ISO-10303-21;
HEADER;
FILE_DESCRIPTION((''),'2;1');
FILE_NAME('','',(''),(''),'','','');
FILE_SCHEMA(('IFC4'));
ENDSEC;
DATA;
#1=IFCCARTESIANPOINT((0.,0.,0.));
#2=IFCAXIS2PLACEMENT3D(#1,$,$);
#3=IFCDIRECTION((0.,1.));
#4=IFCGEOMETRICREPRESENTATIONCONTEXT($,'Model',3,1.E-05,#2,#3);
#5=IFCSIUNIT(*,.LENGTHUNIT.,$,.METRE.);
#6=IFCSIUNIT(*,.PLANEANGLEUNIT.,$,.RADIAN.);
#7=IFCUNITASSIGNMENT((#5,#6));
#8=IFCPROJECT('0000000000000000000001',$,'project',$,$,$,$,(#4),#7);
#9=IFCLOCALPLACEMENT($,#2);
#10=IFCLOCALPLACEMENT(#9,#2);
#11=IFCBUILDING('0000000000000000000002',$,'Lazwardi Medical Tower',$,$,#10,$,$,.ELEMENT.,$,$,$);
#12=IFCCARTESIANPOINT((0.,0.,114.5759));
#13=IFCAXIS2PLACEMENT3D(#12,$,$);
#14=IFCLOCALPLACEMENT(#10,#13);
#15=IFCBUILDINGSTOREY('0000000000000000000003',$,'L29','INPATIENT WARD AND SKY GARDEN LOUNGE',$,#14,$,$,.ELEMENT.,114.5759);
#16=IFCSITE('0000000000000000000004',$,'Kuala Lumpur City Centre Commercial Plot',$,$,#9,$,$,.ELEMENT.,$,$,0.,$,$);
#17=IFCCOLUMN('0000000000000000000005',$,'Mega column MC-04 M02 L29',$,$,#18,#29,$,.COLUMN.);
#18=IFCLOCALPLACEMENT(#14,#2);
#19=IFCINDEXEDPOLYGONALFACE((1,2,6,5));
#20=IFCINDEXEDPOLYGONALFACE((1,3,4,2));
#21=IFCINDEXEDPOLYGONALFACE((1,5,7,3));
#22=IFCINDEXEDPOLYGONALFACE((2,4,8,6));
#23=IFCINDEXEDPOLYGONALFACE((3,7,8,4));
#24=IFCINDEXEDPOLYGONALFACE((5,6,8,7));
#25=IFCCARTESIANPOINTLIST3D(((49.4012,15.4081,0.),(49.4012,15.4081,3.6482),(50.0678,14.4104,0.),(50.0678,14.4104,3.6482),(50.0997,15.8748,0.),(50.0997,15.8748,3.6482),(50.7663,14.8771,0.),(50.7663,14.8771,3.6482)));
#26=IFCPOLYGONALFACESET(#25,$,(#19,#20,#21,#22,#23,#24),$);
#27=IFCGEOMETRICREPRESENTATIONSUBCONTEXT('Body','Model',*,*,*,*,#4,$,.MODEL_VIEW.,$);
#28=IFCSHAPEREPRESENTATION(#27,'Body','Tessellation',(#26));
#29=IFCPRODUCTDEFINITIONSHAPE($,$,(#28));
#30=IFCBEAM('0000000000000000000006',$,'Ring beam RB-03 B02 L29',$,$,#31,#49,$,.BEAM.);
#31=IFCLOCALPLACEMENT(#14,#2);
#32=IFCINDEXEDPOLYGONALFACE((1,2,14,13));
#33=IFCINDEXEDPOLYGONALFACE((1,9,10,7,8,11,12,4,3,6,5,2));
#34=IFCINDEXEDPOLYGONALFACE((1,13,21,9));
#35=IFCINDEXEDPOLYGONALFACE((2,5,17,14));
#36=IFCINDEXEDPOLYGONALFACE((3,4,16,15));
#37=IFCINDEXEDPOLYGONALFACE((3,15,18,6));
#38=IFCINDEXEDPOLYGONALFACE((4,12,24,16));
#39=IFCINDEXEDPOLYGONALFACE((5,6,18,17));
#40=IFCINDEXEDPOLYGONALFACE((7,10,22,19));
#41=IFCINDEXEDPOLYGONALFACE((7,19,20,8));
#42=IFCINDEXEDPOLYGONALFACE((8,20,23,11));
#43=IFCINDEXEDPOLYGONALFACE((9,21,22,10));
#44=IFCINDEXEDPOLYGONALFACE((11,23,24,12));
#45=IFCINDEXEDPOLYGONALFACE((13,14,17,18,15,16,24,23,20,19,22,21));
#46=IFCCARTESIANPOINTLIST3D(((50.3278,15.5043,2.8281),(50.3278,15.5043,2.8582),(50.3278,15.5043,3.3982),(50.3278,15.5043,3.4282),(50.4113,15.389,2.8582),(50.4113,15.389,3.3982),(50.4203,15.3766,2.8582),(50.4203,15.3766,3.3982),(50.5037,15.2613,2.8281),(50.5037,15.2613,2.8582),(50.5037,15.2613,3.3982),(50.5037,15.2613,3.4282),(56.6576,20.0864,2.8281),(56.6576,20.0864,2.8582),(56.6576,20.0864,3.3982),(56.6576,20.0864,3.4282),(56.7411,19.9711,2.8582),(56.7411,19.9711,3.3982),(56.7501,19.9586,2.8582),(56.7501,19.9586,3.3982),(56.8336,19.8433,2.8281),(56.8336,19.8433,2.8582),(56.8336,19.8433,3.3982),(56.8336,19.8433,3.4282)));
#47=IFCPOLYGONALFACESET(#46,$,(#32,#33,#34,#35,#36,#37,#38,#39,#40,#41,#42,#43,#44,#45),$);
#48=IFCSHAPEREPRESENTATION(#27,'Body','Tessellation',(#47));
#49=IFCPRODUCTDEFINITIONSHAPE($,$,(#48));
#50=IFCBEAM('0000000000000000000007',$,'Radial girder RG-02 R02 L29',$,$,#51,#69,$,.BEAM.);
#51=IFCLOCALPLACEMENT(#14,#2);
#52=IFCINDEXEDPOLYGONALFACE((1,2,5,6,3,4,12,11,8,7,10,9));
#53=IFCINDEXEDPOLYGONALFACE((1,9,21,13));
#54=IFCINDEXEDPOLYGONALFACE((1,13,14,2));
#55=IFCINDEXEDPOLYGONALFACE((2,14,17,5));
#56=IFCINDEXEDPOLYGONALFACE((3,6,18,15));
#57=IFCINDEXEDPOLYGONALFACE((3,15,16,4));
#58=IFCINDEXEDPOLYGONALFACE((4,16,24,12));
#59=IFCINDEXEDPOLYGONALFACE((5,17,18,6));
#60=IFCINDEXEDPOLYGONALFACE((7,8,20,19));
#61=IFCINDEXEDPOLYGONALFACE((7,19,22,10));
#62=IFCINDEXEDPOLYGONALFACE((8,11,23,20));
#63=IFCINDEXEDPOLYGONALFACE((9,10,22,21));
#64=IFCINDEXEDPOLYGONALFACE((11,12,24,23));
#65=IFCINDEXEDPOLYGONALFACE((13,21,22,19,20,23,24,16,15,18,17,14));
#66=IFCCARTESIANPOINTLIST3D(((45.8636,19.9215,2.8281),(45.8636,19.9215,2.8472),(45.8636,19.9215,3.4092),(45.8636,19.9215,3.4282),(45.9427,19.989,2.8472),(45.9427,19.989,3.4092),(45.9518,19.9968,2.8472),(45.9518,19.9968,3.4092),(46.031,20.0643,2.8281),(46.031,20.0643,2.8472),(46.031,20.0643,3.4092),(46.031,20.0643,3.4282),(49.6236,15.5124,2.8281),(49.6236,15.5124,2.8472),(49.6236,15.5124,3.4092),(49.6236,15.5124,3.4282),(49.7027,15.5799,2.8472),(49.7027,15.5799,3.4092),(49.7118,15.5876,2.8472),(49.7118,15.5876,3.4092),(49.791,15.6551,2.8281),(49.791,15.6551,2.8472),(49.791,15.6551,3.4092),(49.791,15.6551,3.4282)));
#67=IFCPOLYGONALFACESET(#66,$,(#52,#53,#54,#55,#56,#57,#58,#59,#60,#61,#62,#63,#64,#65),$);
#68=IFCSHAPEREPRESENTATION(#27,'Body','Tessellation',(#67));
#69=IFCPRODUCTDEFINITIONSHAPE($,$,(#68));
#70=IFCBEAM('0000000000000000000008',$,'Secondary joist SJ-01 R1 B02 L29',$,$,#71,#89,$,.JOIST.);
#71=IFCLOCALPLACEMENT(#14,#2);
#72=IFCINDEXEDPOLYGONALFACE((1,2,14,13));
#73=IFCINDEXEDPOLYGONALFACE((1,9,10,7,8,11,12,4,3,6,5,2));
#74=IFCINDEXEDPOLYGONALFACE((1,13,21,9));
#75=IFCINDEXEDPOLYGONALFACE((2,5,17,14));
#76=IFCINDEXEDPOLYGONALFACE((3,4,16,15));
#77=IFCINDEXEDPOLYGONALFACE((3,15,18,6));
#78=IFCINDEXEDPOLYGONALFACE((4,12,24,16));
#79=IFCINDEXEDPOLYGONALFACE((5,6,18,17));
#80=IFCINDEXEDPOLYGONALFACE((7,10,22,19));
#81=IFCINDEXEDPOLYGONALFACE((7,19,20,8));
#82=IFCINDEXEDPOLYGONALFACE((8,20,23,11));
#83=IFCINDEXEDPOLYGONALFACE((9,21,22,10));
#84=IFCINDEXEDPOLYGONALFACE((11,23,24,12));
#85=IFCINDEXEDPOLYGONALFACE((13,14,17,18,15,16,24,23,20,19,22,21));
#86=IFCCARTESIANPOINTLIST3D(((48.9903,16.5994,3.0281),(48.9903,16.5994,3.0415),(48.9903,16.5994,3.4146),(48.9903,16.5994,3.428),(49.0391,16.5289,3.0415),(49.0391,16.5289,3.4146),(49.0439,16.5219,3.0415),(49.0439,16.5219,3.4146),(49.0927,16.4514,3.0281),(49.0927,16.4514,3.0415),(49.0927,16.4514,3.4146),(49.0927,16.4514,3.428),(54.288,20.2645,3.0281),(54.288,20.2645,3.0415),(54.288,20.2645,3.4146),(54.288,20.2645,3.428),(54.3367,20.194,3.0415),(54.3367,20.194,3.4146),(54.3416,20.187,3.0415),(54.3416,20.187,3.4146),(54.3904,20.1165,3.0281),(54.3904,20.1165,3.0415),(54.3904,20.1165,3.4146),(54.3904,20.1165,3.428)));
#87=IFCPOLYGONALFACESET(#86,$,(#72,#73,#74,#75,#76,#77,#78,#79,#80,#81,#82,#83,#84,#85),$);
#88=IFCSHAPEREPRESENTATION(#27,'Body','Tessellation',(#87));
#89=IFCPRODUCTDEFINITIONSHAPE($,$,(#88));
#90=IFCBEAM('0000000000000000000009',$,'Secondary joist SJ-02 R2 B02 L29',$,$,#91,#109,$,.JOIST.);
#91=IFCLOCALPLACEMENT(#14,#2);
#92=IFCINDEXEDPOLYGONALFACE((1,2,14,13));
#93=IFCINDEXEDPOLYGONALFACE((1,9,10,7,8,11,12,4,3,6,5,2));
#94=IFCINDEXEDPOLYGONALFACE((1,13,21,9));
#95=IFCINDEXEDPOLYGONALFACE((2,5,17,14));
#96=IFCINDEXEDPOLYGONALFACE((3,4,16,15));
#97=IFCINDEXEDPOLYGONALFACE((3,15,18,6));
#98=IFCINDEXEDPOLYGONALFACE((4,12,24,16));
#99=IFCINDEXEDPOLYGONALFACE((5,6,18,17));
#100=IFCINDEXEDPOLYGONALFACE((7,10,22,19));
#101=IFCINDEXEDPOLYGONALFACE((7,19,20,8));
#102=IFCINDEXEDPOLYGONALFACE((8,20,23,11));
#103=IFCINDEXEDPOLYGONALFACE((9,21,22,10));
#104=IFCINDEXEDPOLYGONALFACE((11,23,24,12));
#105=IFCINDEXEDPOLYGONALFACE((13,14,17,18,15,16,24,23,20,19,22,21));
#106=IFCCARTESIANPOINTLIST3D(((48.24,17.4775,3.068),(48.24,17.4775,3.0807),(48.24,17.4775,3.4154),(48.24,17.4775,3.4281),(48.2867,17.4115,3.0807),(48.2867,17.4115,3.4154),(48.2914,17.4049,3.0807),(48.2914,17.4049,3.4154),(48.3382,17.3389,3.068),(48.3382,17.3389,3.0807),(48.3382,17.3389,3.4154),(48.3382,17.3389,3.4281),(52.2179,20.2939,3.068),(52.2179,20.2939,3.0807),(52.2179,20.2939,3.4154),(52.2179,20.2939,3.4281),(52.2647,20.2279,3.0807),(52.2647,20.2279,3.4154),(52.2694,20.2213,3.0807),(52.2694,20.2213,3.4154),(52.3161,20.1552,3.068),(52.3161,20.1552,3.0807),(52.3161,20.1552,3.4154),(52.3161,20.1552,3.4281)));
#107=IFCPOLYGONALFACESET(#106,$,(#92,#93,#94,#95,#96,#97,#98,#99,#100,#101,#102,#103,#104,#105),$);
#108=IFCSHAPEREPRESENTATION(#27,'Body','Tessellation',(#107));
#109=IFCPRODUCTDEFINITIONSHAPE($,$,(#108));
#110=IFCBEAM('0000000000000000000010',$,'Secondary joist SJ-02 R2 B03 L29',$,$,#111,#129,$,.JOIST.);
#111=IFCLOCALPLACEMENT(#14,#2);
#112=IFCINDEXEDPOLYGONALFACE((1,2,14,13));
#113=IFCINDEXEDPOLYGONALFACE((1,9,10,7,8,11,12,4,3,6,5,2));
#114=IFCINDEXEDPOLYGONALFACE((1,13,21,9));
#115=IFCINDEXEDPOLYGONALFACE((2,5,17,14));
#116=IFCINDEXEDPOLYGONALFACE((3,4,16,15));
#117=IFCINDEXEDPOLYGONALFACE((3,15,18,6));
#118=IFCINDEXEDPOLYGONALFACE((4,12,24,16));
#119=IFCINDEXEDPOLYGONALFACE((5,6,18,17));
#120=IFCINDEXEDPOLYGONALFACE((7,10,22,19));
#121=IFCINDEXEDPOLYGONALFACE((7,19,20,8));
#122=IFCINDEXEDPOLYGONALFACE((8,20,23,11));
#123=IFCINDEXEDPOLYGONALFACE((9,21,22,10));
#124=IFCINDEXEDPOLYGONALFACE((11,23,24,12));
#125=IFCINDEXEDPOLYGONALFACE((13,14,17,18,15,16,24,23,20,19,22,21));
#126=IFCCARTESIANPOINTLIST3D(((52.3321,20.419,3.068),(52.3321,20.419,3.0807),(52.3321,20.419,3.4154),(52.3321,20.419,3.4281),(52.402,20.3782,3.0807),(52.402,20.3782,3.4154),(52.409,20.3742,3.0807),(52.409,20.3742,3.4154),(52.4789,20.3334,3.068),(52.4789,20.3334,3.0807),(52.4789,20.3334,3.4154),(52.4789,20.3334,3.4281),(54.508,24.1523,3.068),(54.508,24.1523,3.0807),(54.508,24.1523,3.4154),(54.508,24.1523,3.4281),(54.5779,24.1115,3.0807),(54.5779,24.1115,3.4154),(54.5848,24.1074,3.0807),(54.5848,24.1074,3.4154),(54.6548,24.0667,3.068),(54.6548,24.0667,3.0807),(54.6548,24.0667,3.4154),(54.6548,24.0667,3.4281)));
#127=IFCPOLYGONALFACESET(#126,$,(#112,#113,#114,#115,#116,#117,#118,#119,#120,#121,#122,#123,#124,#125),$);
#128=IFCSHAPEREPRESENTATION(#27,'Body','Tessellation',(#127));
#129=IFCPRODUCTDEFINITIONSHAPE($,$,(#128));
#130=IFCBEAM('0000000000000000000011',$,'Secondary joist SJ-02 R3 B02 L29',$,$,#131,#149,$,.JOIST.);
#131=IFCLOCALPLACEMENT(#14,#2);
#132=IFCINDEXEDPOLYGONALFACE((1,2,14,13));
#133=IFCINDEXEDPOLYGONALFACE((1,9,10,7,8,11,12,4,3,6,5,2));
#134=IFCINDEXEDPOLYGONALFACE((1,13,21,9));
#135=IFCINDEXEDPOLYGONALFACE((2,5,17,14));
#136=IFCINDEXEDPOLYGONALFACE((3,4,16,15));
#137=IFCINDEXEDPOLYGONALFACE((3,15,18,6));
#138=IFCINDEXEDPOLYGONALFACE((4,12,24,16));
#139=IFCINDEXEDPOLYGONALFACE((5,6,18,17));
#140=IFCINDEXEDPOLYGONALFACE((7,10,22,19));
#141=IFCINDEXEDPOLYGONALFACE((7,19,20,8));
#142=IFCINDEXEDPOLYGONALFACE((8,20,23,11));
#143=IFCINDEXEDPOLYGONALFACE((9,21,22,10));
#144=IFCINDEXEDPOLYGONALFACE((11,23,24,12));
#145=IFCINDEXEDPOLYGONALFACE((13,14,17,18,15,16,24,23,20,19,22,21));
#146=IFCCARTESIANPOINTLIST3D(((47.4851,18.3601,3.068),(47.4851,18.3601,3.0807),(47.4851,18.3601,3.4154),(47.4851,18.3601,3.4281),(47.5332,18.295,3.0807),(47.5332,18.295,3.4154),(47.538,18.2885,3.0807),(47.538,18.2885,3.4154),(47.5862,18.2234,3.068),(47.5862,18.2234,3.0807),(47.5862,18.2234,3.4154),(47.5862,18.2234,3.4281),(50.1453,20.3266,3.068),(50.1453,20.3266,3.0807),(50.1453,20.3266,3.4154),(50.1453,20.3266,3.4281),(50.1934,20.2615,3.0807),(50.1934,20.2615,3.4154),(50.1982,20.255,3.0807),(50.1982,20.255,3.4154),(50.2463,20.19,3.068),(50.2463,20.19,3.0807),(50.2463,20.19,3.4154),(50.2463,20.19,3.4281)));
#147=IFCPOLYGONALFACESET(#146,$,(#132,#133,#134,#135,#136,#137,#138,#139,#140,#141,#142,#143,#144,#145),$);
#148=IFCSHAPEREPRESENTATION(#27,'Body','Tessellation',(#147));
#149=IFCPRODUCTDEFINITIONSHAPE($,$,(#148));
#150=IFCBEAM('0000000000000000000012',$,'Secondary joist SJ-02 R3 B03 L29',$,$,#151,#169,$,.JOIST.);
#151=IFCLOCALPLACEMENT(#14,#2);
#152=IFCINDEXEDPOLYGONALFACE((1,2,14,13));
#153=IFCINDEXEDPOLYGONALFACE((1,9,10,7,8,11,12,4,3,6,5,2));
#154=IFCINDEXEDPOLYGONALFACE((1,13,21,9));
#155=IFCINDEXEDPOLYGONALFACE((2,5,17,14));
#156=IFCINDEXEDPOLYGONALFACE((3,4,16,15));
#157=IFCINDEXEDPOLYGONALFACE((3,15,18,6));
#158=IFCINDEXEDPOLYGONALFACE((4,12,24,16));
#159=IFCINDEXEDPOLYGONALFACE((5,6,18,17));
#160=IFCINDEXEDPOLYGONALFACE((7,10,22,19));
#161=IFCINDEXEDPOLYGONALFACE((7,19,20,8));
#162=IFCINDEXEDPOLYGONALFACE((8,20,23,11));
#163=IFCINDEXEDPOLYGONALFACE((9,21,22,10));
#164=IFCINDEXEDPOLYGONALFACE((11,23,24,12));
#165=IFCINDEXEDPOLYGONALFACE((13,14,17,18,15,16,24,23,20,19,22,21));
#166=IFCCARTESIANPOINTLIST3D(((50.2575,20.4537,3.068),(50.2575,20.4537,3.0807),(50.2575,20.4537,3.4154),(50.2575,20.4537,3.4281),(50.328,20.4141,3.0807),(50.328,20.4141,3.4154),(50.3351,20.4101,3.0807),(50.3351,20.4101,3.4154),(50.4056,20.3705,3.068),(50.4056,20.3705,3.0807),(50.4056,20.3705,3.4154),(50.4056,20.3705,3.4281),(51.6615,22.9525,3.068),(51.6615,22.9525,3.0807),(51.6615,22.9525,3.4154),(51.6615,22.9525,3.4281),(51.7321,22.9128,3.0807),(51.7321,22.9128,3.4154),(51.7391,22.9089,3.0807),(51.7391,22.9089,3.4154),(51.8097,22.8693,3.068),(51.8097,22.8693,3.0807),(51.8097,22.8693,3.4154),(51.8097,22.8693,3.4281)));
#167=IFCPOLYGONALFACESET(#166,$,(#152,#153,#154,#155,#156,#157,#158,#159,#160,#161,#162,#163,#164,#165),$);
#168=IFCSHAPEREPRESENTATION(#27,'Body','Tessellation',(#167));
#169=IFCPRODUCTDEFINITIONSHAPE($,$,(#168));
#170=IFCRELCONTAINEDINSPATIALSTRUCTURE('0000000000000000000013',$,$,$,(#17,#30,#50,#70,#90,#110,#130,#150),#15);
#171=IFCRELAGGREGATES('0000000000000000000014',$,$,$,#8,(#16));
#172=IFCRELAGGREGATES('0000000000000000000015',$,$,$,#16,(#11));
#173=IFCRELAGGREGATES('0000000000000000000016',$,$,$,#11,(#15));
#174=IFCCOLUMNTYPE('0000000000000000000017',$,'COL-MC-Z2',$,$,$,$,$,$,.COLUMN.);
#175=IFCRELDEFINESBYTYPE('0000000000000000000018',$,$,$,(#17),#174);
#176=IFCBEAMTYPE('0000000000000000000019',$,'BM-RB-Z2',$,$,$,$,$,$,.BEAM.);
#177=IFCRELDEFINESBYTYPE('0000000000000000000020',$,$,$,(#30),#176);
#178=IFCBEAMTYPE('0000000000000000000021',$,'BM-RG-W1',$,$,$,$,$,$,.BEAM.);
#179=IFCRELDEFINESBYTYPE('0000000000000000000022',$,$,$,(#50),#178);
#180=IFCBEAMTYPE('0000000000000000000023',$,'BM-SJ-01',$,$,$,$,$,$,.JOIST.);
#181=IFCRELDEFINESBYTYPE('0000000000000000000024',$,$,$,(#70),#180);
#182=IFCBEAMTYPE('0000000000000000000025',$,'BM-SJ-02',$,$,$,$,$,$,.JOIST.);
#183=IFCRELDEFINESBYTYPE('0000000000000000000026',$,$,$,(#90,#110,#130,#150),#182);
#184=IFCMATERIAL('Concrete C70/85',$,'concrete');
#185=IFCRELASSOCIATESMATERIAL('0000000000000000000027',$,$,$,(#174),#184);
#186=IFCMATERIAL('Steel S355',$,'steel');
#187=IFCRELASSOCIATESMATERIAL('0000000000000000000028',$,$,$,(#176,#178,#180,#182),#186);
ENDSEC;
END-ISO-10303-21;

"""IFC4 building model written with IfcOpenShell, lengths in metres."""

from ifc_helpers import new_model, si_unit, direction, frame, origin, origin_2d, place, context, subcontext, project, spatial, rectangle, i_section, extrude, material, material_profile, profile_set, type_object, element, save


model = new_model("IFC4")

# Units and contexts
model_context = context("Model", 3, precision=1e-05, world=origin(), true_north=direction((0.0, 1.0)))
body_context = subcontext(model_context, "Body", "Model", "MODEL_VIEW")
ifc_project = project(units=[si_unit("LENGTHUNIT", "METRE"), si_unit("PLANEANGLEUNIT", "RADIAN")], contexts=[model_context])

# Site, building, storey
site_placement = place(None, origin())
site = spatial("IfcSite", under=ifc_project, at=site_placement, Name="Kuala Lumpur City Centre Commercial Plot", CompositionType="ELEMENT", RefElevation=0.0)
building_placement = place(site_placement, origin())
building = spatial("IfcBuilding", under=site, at=building_placement, Name="Lazwardi Medical Tower", CompositionType="ELEMENT")
storey_placement = place(building_placement, frame((0.0, 0.0, 114.5759)))
storey = spatial("IfcBuildingStorey", under=building, at=storey_placement, Name="L29", Description="INPATIENT WARD AND SKY GARDEN LOUNGE", CompositionType="ELEMENT", Elevation=114.5759)

# Column
ifc_material_1 = material(Name="Concrete C70/85", Category="concrete")
ifc_material_profile_1 = material_profile(ifc_material_1, rectangle(XDim=1.2, YDim=0.8401, at=origin_2d()), Name="CFT-RECT 1200x840")
ifc_profile_set_1 = profile_set([ifc_material_profile_1], Name="Concrete C70/85")
column_type = type_object("IfcColumnType", Name="COL-MC-Z2", PredefinedType="COLUMN", material=ifc_profile_set_1)
column_placement = place(storey_placement, frame((50.0837, 15.1426, 0.0), z_axis=(0.0, 0.0, 1.0), x_axis=(0.55557, -0.83147, 0.0)))
element("IfcColumn", 1, at=column_placement, inside=storey, type_object=column_type, Name="Mega column MC-04 M02 L29", PredefinedType="COLUMN", context=body_context, shape_type="SweptSolid", body=[
    extrude(rectangle(XDim=1.2, YDim=0.8401, at=origin_2d()), origin(), (0.0, 0.0, 1.0), 3.6482),
])

# Beams
ifc_material_2 = material(Name="Steel S355", Category="steel")
ifc_material_profile_2 = material_profile(ifc_material_2, i_section(OverallWidth=0.3, OverallDepth=0.6001, WebThickness=0.0154, FlangeThickness=0.03, at=origin_2d()), Name="HEB 600")
ifc_profile_set_2 = profile_set([ifc_material_profile_2], Name="Steel S355")
beam_type_1 = type_object("IfcBeamType", Name="BM-RB-Z2", PredefinedType="BEAM", material=ifc_profile_set_2)
beam_1_placement = place(storey_placement, frame((50.4158, 15.3828, 3.1282), z_axis=(0.810042, 0.586372, 0.0), x_axis=(-0.586372, 0.810042, 0.0)))
element("IfcBeam", 2, at=beam_1_placement, inside=storey, type_object=beam_type_1, Name="Ring beam RB-03 B02 L29", PredefinedType="BEAM", context=body_context, shape_type="SweptSolid", body=[
    extrude(i_section(OverallWidth=0.3, OverallDepth=0.6001, WebThickness=0.0154, FlangeThickness=0.03, at=origin_2d()), origin(), (0.0, 0.0, 1.0), 7.8142),
])
ifc_material_profile_3 = material_profile(ifc_material_2, i_section(OverallWidth=0.22, OverallDepth=0.6001, WebThickness=0.012, FlangeThickness=0.019, at=origin_2d()), Name="IPE 600")
ifc_profile_set_3 = profile_set([ifc_material_profile_3], Name="Steel S355")
beam_type_2 = type_object("IfcBeamType", Name="BM-RG-W1", PredefinedType="BEAM", material=ifc_profile_set_3)
beam_2_placement = place(storey_placement, frame((49.7073, 15.5837, 3.1282), z_axis=(-0.648871, 0.760899, 0.0), x_axis=(-0.760899, -0.648871, 0.0)))
element("IfcBeam", 3, at=beam_2_placement, inside=storey, type_object=beam_type_2, Name="Radial girder RG-02 R02 L29", PredefinedType="BEAM", context=body_context, shape_type="SweptSolid", body=[
    extrude(i_section(OverallWidth=0.22, OverallDepth=0.6001, WebThickness=0.012, FlangeThickness=0.019, at=origin_2d()), origin(), (0.0, 0.0, 1.0), 5.7947),
])
ifc_material_profile_4 = material_profile(ifc_material_2, i_section(OverallWidth=0.1799, OverallDepth=0.3999, WebThickness=0.0085, FlangeThickness=0.0134, at=origin_2d()), Name="IPE 400")
ifc_profile_set_4 = profile_set([ifc_material_profile_4], Name="Steel S355")
beam_type_3 = type_object("IfcBeamType", Name="BM-SJ-01", PredefinedType="JOIST", material=ifc_profile_set_4)
beam_3_placement = place(storey_placement, frame((49.0415, 16.5254, 3.228), z_axis=(0.822376, 0.568944, 0.0), x_axis=(-0.568944, 0.822376, 0.0)))
element("IfcBeam", 4, at=beam_3_placement, inside=storey, type_object=beam_type_3, Name="Secondary joist SJ-01 R1 B02 L29", PredefinedType="JOIST", context=body_context, shape_type="SweptSolid", body=[
    extrude(i_section(OverallWidth=0.1799, OverallDepth=0.3999, WebThickness=0.0085, FlangeThickness=0.0134, at=origin_2d()), origin(), (0.0, 0.0, 1.0), 6.4419),
])
ifc_material_profile_5 = material_profile(ifc_material_2, i_section(OverallWidth=0.1699, OverallDepth=0.3601, WebThickness=0.0081, FlangeThickness=0.0127, at=origin_2d()), Name="IPE 360")
ifc_profile_set_5 = profile_set([ifc_material_profile_5], Name="Steel S355")
beam_type_4 = type_object("IfcBeamType", Name="BM-SJ-02", PredefinedType="JOIST", material=ifc_profile_set_5)
beam_4_placement = place(storey_placement, frame((48.2891, 17.4082, 3.248), z_axis=(0.816156, 0.577831, 0.0), x_axis=(-0.577831, 0.816156, 0.0)))
element("IfcBeam", 5, at=beam_4_placement, inside=storey, type_object=beam_type_4, Name="Secondary joist SJ-02 R2 B02 L29", PredefinedType="JOIST", context=body_context, shape_type="SweptSolid", body=[
    extrude(i_section(OverallWidth=0.1699, OverallDepth=0.3601, WebThickness=0.0081, FlangeThickness=0.0127, at=origin_2d()), origin(), (0.0, 0.0, 1.0), 4.874),
])
beam_5_placement = place(storey_placement, frame((52.4055, 20.3762, 3.248), z_axis=(0.503544, 0.863969, 0.0), x_axis=(-0.863969, 0.503544, 0.0)))
element("IfcBeam", 6, at=beam_5_placement, inside=storey, type_object=beam_type_4, Name="Secondary joist SJ-02 R2 B03 L29", PredefinedType="JOIST", context=body_context, shape_type="SweptSolid", body=[
    extrude(i_section(OverallWidth=0.1699, OverallDepth=0.3601, WebThickness=0.0081, FlangeThickness=0.0127, at=origin_2d()), origin(), (0.0, 0.0, 1.0), 4.321),
])
beam_6_placement = place(storey_placement, frame((47.5356, 18.2917, 3.248), z_axis=(0.804126, 0.59446, 0.0), x_axis=(-0.59446, 0.804126, 0.0)))
element("IfcBeam", 7, at=beam_6_placement, inside=storey, type_object=beam_type_4, Name="Secondary joist SJ-02 R3 B02 L29", PredefinedType="JOIST", context=body_context, shape_type="SweptSolid", body=[
    extrude(i_section(OverallWidth=0.1699, OverallDepth=0.3601, WebThickness=0.0081, FlangeThickness=0.0127, at=origin_2d()), origin(), (0.0, 0.0, 1.0), 3.3081),
])
beam_7_placement = place(storey_placement, frame((50.3315, 20.4121, 3.248), z_axis=(0.489861, 0.871801, 0.0), x_axis=(-0.871801, 0.489861, 0.0)))
element("IfcBeam", 8, at=beam_7_placement, inside=storey, type_object=beam_type_4, Name="Secondary joist SJ-02 R3 B03 L29", PredefinedType="JOIST", context=body_context, shape_type="SweptSolid", body=[
    extrude(i_section(OverallWidth=0.1699, OverallDepth=0.3601, WebThickness=0.0081, FlangeThickness=0.0127, at=origin_2d()), origin(), (0.0, 0.0, 1.0), 2.8662),
])

save(model, "model.ifc")
